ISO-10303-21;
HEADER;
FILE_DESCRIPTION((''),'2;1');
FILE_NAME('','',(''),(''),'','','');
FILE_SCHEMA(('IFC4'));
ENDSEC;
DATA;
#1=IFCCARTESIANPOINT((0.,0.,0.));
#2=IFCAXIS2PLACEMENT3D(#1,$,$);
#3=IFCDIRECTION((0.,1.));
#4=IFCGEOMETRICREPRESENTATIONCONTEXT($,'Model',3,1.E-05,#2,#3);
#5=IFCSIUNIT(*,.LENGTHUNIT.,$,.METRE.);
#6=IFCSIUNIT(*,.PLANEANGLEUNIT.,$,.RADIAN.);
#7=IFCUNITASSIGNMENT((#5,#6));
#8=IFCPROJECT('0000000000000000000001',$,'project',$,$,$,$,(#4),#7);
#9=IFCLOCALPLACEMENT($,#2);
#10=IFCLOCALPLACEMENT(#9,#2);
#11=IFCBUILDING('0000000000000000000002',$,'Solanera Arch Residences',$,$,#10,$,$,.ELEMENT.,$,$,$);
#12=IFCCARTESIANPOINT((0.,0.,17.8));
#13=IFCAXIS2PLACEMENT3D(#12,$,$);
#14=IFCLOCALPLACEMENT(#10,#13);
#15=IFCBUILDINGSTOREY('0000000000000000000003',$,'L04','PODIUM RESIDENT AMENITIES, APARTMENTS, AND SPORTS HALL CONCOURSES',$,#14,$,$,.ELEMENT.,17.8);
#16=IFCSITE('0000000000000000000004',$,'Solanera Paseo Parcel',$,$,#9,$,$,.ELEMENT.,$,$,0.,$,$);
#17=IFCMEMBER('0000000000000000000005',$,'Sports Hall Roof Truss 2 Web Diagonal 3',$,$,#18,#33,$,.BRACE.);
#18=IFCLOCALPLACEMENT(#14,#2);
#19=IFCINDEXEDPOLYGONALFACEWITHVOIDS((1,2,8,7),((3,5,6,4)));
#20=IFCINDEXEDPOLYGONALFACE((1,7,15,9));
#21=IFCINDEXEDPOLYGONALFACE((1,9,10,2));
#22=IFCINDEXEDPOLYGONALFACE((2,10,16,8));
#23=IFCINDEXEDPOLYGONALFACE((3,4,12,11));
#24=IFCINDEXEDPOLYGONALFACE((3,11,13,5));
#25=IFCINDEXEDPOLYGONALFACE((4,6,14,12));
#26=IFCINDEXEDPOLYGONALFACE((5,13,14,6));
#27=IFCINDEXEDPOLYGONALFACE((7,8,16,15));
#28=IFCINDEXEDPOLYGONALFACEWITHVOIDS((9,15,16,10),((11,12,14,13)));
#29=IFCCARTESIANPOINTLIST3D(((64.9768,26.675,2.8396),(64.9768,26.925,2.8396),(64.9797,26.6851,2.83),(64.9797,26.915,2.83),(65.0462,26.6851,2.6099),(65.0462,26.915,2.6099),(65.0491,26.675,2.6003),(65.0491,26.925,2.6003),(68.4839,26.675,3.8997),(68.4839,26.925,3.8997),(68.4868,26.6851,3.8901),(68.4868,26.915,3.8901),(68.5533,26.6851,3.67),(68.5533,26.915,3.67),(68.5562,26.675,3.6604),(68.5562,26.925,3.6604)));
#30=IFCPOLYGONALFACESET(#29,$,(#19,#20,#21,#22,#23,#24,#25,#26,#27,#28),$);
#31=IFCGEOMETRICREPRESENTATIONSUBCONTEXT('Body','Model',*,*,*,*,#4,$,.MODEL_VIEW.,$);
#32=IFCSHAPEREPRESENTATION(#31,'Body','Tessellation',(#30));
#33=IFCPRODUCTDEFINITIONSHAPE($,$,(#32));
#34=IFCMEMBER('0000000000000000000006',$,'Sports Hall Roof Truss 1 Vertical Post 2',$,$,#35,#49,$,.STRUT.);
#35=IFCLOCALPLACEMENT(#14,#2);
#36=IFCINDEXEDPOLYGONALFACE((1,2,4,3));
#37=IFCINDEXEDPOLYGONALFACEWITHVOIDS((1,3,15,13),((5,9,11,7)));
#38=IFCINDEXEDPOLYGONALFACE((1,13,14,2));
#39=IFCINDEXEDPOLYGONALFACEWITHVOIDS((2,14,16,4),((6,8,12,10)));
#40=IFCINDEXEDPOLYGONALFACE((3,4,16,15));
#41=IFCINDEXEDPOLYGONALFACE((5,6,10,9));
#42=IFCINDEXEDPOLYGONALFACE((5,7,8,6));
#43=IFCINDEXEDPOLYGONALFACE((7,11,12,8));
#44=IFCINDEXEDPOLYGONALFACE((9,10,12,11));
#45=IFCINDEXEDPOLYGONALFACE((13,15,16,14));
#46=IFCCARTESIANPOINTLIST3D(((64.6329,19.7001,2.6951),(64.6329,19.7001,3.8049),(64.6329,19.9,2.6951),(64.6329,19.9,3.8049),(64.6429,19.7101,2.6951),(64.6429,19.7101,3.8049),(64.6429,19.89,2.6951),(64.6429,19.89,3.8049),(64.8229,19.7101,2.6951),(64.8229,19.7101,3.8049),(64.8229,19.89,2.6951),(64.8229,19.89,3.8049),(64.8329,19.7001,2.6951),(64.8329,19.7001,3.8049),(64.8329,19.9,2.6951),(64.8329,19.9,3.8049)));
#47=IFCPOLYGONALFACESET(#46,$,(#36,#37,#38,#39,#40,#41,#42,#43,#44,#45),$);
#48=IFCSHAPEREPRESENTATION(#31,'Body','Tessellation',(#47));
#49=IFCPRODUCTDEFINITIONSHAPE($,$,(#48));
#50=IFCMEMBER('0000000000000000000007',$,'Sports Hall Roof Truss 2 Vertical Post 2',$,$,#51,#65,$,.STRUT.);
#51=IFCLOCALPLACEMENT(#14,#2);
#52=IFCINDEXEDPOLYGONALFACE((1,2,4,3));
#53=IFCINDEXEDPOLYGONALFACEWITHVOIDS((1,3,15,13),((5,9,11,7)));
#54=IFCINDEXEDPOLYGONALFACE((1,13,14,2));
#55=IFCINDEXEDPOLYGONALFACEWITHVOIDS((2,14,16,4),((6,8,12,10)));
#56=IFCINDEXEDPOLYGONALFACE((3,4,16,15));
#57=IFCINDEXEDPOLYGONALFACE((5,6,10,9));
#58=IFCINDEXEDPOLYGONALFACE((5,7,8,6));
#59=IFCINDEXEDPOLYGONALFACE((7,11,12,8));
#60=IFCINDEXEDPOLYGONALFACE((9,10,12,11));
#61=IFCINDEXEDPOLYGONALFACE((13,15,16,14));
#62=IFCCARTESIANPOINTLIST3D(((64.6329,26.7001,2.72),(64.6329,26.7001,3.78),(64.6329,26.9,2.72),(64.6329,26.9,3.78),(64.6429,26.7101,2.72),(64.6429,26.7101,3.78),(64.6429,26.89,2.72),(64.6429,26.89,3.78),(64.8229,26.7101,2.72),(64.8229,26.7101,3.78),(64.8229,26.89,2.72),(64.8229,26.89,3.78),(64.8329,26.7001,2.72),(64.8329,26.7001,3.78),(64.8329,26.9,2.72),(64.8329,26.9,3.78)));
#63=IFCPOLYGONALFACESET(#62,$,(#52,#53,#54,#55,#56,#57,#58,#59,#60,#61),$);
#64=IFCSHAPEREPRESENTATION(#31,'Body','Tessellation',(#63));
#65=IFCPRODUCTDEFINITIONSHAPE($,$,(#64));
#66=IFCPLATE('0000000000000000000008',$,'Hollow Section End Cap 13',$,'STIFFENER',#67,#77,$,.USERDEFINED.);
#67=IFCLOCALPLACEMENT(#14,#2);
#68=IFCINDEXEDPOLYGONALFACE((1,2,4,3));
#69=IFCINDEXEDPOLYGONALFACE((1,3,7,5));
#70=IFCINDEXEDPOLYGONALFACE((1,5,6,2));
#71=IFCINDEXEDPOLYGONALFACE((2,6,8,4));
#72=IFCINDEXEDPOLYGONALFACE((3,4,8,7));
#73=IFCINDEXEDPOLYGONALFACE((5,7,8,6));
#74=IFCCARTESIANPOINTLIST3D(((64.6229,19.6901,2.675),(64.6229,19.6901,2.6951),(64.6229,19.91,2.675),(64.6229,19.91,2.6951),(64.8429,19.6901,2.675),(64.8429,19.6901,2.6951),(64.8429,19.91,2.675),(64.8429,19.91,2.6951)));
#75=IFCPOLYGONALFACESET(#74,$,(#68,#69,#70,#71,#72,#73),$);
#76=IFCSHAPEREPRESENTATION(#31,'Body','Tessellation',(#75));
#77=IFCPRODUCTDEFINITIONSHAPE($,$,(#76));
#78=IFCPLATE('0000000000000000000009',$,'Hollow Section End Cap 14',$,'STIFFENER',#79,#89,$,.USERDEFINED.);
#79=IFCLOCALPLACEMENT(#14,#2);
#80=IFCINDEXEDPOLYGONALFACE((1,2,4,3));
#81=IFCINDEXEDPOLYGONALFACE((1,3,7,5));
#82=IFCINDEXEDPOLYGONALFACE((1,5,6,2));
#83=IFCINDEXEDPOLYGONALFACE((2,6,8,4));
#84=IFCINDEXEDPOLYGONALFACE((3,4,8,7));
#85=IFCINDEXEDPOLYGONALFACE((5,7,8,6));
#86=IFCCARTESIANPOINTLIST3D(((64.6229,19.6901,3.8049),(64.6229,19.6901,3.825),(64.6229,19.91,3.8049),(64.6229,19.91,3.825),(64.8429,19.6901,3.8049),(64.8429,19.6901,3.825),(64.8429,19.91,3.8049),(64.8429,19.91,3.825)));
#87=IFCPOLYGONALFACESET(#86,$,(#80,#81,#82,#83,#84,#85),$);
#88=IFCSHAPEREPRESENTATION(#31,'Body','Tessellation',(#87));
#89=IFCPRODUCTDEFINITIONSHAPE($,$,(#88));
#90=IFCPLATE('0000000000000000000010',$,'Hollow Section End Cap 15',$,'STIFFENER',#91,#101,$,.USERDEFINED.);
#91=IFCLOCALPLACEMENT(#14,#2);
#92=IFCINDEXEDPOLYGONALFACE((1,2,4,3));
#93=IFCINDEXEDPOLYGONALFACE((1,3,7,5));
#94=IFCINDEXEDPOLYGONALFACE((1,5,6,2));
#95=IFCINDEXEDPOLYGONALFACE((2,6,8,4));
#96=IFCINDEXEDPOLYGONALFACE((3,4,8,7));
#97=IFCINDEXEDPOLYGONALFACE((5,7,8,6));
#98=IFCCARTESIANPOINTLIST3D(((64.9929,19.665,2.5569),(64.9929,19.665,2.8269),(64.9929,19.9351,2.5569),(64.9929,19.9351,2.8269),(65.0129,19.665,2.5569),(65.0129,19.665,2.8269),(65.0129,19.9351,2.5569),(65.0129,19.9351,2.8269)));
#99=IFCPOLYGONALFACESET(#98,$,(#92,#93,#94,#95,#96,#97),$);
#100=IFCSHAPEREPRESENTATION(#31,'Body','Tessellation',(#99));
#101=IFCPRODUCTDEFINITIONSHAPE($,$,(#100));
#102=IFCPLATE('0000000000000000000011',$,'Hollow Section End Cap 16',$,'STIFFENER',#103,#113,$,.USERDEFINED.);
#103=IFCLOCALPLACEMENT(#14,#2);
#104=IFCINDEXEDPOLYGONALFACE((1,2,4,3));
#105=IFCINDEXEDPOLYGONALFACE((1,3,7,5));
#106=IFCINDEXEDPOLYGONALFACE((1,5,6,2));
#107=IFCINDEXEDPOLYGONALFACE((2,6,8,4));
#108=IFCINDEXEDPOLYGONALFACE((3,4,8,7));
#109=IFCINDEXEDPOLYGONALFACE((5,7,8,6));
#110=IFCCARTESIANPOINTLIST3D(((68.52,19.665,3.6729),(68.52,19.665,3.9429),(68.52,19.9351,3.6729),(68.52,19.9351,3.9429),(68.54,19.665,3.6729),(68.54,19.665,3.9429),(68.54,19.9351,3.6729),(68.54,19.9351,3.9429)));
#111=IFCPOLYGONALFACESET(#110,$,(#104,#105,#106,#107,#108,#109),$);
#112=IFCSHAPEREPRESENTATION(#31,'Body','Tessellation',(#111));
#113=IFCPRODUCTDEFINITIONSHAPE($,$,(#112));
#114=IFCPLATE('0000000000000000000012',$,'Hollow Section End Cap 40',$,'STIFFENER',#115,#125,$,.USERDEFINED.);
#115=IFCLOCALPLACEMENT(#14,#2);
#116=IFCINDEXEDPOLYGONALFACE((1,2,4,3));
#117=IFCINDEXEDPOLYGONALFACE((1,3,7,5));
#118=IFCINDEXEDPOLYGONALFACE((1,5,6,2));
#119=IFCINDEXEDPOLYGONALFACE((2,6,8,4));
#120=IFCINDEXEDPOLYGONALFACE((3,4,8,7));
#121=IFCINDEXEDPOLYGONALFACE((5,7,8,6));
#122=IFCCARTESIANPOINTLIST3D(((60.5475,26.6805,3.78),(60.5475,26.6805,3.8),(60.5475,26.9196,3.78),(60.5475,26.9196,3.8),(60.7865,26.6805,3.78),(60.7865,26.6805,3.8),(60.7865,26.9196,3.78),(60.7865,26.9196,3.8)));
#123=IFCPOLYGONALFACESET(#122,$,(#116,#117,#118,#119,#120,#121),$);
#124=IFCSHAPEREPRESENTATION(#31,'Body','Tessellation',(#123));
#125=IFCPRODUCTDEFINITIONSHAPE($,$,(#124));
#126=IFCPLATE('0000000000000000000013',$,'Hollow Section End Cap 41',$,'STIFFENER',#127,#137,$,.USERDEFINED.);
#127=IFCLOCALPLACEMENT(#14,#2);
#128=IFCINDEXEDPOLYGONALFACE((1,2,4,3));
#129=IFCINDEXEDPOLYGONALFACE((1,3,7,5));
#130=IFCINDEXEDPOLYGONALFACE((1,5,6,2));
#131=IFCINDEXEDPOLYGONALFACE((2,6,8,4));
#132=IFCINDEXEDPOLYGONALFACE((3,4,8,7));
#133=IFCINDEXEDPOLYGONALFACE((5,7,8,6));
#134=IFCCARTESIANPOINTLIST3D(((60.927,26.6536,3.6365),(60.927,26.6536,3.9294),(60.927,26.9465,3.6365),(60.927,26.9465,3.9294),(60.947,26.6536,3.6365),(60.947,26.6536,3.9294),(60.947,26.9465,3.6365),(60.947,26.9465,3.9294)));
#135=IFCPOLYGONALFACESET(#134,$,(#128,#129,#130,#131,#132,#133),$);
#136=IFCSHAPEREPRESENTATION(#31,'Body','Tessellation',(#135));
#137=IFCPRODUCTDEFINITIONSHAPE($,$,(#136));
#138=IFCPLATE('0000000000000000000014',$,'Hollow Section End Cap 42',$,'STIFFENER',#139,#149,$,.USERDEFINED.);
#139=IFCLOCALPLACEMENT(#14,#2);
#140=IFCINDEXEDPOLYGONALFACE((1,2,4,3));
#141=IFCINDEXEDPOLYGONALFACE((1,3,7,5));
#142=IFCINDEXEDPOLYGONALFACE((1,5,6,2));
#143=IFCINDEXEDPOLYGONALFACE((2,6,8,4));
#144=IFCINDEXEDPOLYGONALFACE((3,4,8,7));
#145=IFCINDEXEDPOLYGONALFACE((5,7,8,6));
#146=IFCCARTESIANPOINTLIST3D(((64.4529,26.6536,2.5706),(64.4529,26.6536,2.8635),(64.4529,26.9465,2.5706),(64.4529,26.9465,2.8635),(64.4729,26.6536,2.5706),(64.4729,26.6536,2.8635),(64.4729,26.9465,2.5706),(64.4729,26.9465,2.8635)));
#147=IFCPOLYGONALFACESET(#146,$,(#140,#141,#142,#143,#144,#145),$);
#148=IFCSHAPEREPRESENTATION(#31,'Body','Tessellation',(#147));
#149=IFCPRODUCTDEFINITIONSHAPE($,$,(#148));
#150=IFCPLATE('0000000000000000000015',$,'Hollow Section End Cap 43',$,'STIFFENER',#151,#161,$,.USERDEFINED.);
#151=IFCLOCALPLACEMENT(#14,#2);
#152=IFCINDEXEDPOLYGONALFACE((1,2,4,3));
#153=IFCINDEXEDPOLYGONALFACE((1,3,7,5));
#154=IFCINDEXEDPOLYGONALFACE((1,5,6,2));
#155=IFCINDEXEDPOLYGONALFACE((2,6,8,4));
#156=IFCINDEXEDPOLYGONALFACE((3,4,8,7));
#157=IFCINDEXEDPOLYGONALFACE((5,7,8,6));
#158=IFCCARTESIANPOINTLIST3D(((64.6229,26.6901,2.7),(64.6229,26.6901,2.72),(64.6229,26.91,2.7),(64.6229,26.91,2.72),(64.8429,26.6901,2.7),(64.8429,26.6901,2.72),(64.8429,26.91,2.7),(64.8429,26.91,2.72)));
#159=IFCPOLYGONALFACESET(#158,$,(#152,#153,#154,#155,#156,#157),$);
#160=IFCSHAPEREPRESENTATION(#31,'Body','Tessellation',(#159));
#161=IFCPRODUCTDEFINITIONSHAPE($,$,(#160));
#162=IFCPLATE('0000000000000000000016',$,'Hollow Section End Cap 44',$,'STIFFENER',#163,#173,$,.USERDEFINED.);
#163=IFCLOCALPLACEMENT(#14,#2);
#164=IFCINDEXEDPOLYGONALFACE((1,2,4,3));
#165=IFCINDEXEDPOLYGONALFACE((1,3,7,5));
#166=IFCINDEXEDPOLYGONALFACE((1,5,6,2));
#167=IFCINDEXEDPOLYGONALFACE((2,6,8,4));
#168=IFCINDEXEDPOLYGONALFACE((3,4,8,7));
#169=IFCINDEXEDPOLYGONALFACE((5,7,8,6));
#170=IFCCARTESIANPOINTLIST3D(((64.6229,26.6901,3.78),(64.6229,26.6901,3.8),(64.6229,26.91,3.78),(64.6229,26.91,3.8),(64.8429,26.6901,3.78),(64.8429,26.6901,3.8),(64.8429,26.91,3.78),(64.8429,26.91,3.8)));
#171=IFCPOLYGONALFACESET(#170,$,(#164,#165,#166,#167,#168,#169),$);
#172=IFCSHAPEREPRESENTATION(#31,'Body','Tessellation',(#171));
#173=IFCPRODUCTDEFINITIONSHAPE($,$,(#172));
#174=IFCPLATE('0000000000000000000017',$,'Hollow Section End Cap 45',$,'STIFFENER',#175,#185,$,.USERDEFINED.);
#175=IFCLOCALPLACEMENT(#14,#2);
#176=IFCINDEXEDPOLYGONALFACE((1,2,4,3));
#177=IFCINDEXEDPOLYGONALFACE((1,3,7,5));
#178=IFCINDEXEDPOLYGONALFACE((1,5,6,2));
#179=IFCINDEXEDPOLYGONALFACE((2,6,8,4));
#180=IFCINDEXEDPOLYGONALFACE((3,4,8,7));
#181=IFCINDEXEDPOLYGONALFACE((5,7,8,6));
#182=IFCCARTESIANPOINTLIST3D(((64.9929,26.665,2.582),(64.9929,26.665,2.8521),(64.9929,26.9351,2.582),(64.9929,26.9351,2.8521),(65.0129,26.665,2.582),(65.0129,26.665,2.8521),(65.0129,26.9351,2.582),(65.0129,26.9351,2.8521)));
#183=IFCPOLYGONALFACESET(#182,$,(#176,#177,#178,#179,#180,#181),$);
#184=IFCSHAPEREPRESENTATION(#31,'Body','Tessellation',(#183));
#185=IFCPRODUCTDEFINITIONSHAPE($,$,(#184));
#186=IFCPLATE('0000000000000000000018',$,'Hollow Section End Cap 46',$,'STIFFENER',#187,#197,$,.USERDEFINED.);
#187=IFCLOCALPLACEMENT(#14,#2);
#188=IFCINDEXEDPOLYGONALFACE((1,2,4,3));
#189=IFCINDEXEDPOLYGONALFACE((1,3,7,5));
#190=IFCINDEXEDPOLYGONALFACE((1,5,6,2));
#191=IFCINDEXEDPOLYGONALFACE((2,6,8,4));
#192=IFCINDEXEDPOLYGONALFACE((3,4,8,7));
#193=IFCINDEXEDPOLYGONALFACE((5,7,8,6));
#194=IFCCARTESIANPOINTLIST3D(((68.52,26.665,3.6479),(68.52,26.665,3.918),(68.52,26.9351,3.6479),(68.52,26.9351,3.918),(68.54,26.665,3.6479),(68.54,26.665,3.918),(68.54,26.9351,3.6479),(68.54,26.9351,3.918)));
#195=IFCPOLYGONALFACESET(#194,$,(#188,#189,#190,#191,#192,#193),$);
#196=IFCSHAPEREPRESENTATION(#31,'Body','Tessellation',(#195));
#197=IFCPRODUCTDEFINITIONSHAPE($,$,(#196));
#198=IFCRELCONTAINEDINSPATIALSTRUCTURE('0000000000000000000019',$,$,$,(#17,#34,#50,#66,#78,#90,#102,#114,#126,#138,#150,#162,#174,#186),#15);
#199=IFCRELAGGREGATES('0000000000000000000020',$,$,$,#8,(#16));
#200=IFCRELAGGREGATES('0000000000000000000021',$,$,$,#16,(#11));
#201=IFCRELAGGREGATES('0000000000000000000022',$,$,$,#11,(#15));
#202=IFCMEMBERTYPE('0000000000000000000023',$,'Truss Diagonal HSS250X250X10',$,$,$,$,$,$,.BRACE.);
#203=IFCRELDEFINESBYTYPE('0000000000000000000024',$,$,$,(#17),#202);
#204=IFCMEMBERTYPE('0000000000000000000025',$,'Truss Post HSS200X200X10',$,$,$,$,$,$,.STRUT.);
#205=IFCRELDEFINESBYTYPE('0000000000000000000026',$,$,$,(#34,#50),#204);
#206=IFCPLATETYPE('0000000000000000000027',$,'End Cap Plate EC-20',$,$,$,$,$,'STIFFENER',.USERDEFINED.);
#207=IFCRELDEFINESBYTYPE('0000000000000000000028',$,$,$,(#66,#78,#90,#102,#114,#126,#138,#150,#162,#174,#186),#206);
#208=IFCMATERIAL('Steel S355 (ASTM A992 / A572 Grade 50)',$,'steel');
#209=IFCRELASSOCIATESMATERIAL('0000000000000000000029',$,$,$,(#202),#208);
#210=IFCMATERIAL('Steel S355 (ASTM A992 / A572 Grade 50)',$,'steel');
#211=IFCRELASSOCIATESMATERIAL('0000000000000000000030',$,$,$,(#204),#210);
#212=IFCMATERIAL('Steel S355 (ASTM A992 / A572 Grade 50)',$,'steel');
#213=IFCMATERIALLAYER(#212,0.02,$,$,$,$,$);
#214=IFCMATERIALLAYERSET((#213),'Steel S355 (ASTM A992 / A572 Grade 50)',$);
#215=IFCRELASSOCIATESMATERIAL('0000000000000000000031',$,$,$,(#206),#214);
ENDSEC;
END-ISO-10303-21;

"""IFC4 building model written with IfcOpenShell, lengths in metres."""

from ifc_helpers import new_model, si_unit, direction, frame, origin, origin_2d, place, context, subcontext, project, spatial, rectangle, hollow_rectangle, extrude, material, layer, layer_set, material_profile, profile_set, type_object, element, save


model = new_model("IFC4")

# Units and contexts
model_context = context("Model", 3, precision=1e-05, world=origin(), true_north=direction((0.0, 1.0)))
body_context = subcontext(model_context, "Body", "Model", "MODEL_VIEW")
ifc_project = project(units=[si_unit("LENGTHUNIT", "METRE"), si_unit("PLANEANGLEUNIT", "RADIAN")], contexts=[model_context])

# Site, building, storey
site_placement = place(None, origin())
site = spatial("IfcSite", under=ifc_project, at=site_placement, Name="Solanera Paseo Parcel", CompositionType="ELEMENT", RefElevation=0.0)
building_placement = place(site_placement, origin())
building = spatial("IfcBuilding", under=site, at=building_placement, Name="Solanera Arch Residences", CompositionType="ELEMENT")
storey_placement = place(building_placement, frame((0.0, 0.0, 17.8)))
storey = spatial("IfcBuildingStorey", under=building, at=storey_placement, Name="L04", Description="PODIUM RESIDENT AMENITIES, APARTMENTS, AND SPORTS HALL CONCOURSES", CompositionType="ELEMENT", Elevation=17.8)

# Members
ifc_material_1 = material(Name="Steel S355 (ASTM A992 / A572 Grade 50)", Category="steel")
ifc_material_profile_1 = material_profile(ifc_material_1, hollow_rectangle(XDim=0.25, YDim=0.25, WallThickness=0.01, at=origin_2d()))
ifc_profile_set_1 = profile_set([ifc_material_profile_1], Name="Steel S355 (ASTM A992 / A572 Grade 50)")
member_type_1 = type_object("IfcMemberType", Name="Truss Diagonal HSS250X250X10", PredefinedType="BRACE", material=ifc_profile_set_1)
member_1_placement = place(storey_placement, frame((65.0129, 26.8, 2.72), z_axis=(0.957228, 0.0, 0.289334), x_axis=(0.0, 1.0, 0.0)))
element("IfcMember", 1, at=member_1_placement, inside=storey, type_object=member_type_1, Name="Sports Hall Roof Truss 2 Web Diagonal 3", PredefinedType="BRACE", context=body_context, shape_type="SweptSolid", body=[
    extrude(hollow_rectangle(XDim=0.25, YDim=0.25, WallThickness=0.01, at=origin_2d()), origin(), (0.0, 0.0, 1.0), 3.6638),
])
ifc_material_2 = material(Name="Steel S355 (ASTM A992 / A572 Grade 50)", Category="steel")
ifc_material_profile_2 = material_profile(ifc_material_2, hollow_rectangle(XDim=0.2, YDim=0.2, WallThickness=0.01, at=origin_2d()))
ifc_profile_set_2 = profile_set([ifc_material_profile_2], Name="Steel S355 (ASTM A992 / A572 Grade 50)")
member_type_2 = type_object("IfcMemberType", Name="Truss Post HSS200X200X10", PredefinedType="STRUT", material=ifc_profile_set_2)
member_2_placement = place(storey_placement, frame((64.7329, 19.8, 2.6951), z_axis=(0.0, 0.0, 1.0), x_axis=(1.0, 0.0, 0.0)))
element("IfcMember", 2, at=member_2_placement, inside=storey, type_object=member_type_2, Name="Sports Hall Roof Truss 1 Vertical Post 2", PredefinedType="STRUT", context=body_context, shape_type="SweptSolid", body=[
    extrude(hollow_rectangle(XDim=0.2, YDim=0.2, WallThickness=0.01, at=origin_2d()), origin(), (0.0, 0.0, 1.0), 1.1099),
])
member_3_placement = place(storey_placement, frame((64.7329, 26.8, 2.72), z_axis=(0.0, 0.0, 1.0), x_axis=(1.0, 0.0, 0.0)))
element("IfcMember", 3, at=member_3_placement, inside=storey, type_object=member_type_2, Name="Sports Hall Roof Truss 2 Vertical Post 2", PredefinedType="STRUT", context=body_context, shape_type="SweptSolid", body=[
    extrude(hollow_rectangle(XDim=0.2, YDim=0.2, WallThickness=0.01, at=origin_2d()), origin(), (0.0, 0.0, 1.0), 1.0601),
])

# Plates
ifc_material_3 = material(Name="Steel S355 (ASTM A992 / A572 Grade 50)", Category="steel")
ifc_layer_1 = layer(ifc_material_3, 0.02)
ifc_layer_set_1 = layer_set([ifc_layer_1], Name="Steel S355 (ASTM A992 / A572 Grade 50)")
plate_type_1 = type_object("IfcPlateType", Name="End Cap Plate EC-20", ElementType="STIFFENER", PredefinedType="USERDEFINED", material=ifc_layer_set_1)
for number, where, z_axis, x_axis, name in (
    (4, (64.7329, 19.8, 2.675), (0.0, 0.0, 1.0), (1.0, 0.0, 0.0), "Hollow Section End Cap 13"),
    (5, (64.7329, 19.8, 3.8049), (0.0, 0.0, 1.0), (1.0, 0.0, 0.0), "Hollow Section End Cap 14"),
):
    element("IfcPlate", number, at=place(storey_placement, frame(where, z_axis=z_axis, x_axis=x_axis)), inside=storey, type_object=plate_type_1, Name=name, ObjectType="STIFFENER", PredefinedType="USERDEFINED", context=body_context, shape_type="SweptSolid", body=[
        extrude(rectangle(XDim=0.22, YDim=0.22, at=origin_2d()), origin(), (0.0, 0.0, 1.0), 0.02),
    ])
for number, where, z_axis, x_axis, name in (
    (6, (65.0029, 19.8, 2.5569), (0.0, 0.0, 1.0), (-1.0, 0.0, 0.0), "Hollow Section End Cap 15"),
    (7, (68.53, 19.8, 3.6729), (0.0, 0.0, 1.0), (1.0, 0.0, 0.0), "Hollow Section End Cap 16"),
):
    element("IfcPlate", number, at=place(storey_placement, frame(where, z_axis=z_axis, x_axis=x_axis)), inside=storey, type_object=plate_type_1, Name=name, ObjectType="STIFFENER", PredefinedType="USERDEFINED", context=body_context, shape_type="SweptSolid", body=[
        extrude(rectangle(XDim=0.02, YDim=0.27, at=origin_2d()), origin(), (0.0, 0.0, 1.0), 0.27),
    ])
plate_placement = place(storey_placement, frame((60.667, 26.8, 3.78), z_axis=(0.0, 0.0, 1.0), x_axis=(1.0, 0.0, 0.0)))
element("IfcPlate", 8, at=plate_placement, inside=storey, type_object=plate_type_1, Name="Hollow Section End Cap 40", ObjectType="STIFFENER", PredefinedType="USERDEFINED", context=body_context, shape_type="SweptSolid", body=[
    extrude(rectangle(XDim=0.239, YDim=0.239, at=origin_2d()), origin(), (0.0, 0.0, 1.0), 0.02),
])
for number, where, z_axis, x_axis, name in (
    (9, (60.937, 26.8, 3.6365), (0.0, 0.0, 1.0), (-1.0, 0.0, 0.0), "Hollow Section End Cap 41"),
    (10, (64.4629, 26.8, 2.5706), (0.0, 0.0, 1.0), (1.0, 0.0, 0.0), "Hollow Section End Cap 42"),
):
    element("IfcPlate", number, at=place(storey_placement, frame(where, z_axis=z_axis, x_axis=x_axis)), inside=storey, type_object=plate_type_1, Name=name, ObjectType="STIFFENER", PredefinedType="USERDEFINED", context=body_context, shape_type="SweptSolid", body=[
        extrude(rectangle(XDim=0.02, YDim=0.293, at=origin_2d()), origin(), (0.0, 0.0, 1.0), 0.293),
    ])
for number, where, z_axis, x_axis, name in (
    (11, (64.7329, 26.8, 2.7), (0.0, 0.0, 1.0), (1.0, 0.0, 0.0), "Hollow Section End Cap 43"),
    (12, (64.7329, 26.8, 3.78), (0.0, 0.0, 1.0), (1.0, 0.0, 0.0), "Hollow Section End Cap 44"),
):
    element("IfcPlate", number, at=place(storey_placement, frame(where, z_axis=z_axis, x_axis=x_axis)), inside=storey, type_object=plate_type_1, Name=name, ObjectType="STIFFENER", PredefinedType="USERDEFINED", context=body_context, shape_type="SweptSolid", body=[
        extrude(rectangle(XDim=0.22, YDim=0.22, at=origin_2d()), origin(), (0.0, 0.0, 1.0), 0.02),
    ])
for number, where, z_axis, x_axis, name in (
    (13, (65.0029, 26.8, 2.582), (0.0, 0.0, 1.0), (-1.0, 0.0, 0.0), "Hollow Section End Cap 45"),
    (14, (68.53, 26.8, 3.6479), (0.0, 0.0, 1.0), (1.0, 0.0, 0.0), "Hollow Section End Cap 46"),
):
    element("IfcPlate", number, at=place(storey_placement, frame(where, z_axis=z_axis, x_axis=x_axis)), inside=storey, type_object=plate_type_1, Name=name, ObjectType="STIFFENER", PredefinedType="USERDEFINED", context=body_context, shape_type="SweptSolid", body=[
        extrude(rectangle(XDim=0.02, YDim=0.27, at=origin_2d()), origin(), (0.0, 0.0, 1.0), 0.27),
    ])

save(model, "model.ifc")
